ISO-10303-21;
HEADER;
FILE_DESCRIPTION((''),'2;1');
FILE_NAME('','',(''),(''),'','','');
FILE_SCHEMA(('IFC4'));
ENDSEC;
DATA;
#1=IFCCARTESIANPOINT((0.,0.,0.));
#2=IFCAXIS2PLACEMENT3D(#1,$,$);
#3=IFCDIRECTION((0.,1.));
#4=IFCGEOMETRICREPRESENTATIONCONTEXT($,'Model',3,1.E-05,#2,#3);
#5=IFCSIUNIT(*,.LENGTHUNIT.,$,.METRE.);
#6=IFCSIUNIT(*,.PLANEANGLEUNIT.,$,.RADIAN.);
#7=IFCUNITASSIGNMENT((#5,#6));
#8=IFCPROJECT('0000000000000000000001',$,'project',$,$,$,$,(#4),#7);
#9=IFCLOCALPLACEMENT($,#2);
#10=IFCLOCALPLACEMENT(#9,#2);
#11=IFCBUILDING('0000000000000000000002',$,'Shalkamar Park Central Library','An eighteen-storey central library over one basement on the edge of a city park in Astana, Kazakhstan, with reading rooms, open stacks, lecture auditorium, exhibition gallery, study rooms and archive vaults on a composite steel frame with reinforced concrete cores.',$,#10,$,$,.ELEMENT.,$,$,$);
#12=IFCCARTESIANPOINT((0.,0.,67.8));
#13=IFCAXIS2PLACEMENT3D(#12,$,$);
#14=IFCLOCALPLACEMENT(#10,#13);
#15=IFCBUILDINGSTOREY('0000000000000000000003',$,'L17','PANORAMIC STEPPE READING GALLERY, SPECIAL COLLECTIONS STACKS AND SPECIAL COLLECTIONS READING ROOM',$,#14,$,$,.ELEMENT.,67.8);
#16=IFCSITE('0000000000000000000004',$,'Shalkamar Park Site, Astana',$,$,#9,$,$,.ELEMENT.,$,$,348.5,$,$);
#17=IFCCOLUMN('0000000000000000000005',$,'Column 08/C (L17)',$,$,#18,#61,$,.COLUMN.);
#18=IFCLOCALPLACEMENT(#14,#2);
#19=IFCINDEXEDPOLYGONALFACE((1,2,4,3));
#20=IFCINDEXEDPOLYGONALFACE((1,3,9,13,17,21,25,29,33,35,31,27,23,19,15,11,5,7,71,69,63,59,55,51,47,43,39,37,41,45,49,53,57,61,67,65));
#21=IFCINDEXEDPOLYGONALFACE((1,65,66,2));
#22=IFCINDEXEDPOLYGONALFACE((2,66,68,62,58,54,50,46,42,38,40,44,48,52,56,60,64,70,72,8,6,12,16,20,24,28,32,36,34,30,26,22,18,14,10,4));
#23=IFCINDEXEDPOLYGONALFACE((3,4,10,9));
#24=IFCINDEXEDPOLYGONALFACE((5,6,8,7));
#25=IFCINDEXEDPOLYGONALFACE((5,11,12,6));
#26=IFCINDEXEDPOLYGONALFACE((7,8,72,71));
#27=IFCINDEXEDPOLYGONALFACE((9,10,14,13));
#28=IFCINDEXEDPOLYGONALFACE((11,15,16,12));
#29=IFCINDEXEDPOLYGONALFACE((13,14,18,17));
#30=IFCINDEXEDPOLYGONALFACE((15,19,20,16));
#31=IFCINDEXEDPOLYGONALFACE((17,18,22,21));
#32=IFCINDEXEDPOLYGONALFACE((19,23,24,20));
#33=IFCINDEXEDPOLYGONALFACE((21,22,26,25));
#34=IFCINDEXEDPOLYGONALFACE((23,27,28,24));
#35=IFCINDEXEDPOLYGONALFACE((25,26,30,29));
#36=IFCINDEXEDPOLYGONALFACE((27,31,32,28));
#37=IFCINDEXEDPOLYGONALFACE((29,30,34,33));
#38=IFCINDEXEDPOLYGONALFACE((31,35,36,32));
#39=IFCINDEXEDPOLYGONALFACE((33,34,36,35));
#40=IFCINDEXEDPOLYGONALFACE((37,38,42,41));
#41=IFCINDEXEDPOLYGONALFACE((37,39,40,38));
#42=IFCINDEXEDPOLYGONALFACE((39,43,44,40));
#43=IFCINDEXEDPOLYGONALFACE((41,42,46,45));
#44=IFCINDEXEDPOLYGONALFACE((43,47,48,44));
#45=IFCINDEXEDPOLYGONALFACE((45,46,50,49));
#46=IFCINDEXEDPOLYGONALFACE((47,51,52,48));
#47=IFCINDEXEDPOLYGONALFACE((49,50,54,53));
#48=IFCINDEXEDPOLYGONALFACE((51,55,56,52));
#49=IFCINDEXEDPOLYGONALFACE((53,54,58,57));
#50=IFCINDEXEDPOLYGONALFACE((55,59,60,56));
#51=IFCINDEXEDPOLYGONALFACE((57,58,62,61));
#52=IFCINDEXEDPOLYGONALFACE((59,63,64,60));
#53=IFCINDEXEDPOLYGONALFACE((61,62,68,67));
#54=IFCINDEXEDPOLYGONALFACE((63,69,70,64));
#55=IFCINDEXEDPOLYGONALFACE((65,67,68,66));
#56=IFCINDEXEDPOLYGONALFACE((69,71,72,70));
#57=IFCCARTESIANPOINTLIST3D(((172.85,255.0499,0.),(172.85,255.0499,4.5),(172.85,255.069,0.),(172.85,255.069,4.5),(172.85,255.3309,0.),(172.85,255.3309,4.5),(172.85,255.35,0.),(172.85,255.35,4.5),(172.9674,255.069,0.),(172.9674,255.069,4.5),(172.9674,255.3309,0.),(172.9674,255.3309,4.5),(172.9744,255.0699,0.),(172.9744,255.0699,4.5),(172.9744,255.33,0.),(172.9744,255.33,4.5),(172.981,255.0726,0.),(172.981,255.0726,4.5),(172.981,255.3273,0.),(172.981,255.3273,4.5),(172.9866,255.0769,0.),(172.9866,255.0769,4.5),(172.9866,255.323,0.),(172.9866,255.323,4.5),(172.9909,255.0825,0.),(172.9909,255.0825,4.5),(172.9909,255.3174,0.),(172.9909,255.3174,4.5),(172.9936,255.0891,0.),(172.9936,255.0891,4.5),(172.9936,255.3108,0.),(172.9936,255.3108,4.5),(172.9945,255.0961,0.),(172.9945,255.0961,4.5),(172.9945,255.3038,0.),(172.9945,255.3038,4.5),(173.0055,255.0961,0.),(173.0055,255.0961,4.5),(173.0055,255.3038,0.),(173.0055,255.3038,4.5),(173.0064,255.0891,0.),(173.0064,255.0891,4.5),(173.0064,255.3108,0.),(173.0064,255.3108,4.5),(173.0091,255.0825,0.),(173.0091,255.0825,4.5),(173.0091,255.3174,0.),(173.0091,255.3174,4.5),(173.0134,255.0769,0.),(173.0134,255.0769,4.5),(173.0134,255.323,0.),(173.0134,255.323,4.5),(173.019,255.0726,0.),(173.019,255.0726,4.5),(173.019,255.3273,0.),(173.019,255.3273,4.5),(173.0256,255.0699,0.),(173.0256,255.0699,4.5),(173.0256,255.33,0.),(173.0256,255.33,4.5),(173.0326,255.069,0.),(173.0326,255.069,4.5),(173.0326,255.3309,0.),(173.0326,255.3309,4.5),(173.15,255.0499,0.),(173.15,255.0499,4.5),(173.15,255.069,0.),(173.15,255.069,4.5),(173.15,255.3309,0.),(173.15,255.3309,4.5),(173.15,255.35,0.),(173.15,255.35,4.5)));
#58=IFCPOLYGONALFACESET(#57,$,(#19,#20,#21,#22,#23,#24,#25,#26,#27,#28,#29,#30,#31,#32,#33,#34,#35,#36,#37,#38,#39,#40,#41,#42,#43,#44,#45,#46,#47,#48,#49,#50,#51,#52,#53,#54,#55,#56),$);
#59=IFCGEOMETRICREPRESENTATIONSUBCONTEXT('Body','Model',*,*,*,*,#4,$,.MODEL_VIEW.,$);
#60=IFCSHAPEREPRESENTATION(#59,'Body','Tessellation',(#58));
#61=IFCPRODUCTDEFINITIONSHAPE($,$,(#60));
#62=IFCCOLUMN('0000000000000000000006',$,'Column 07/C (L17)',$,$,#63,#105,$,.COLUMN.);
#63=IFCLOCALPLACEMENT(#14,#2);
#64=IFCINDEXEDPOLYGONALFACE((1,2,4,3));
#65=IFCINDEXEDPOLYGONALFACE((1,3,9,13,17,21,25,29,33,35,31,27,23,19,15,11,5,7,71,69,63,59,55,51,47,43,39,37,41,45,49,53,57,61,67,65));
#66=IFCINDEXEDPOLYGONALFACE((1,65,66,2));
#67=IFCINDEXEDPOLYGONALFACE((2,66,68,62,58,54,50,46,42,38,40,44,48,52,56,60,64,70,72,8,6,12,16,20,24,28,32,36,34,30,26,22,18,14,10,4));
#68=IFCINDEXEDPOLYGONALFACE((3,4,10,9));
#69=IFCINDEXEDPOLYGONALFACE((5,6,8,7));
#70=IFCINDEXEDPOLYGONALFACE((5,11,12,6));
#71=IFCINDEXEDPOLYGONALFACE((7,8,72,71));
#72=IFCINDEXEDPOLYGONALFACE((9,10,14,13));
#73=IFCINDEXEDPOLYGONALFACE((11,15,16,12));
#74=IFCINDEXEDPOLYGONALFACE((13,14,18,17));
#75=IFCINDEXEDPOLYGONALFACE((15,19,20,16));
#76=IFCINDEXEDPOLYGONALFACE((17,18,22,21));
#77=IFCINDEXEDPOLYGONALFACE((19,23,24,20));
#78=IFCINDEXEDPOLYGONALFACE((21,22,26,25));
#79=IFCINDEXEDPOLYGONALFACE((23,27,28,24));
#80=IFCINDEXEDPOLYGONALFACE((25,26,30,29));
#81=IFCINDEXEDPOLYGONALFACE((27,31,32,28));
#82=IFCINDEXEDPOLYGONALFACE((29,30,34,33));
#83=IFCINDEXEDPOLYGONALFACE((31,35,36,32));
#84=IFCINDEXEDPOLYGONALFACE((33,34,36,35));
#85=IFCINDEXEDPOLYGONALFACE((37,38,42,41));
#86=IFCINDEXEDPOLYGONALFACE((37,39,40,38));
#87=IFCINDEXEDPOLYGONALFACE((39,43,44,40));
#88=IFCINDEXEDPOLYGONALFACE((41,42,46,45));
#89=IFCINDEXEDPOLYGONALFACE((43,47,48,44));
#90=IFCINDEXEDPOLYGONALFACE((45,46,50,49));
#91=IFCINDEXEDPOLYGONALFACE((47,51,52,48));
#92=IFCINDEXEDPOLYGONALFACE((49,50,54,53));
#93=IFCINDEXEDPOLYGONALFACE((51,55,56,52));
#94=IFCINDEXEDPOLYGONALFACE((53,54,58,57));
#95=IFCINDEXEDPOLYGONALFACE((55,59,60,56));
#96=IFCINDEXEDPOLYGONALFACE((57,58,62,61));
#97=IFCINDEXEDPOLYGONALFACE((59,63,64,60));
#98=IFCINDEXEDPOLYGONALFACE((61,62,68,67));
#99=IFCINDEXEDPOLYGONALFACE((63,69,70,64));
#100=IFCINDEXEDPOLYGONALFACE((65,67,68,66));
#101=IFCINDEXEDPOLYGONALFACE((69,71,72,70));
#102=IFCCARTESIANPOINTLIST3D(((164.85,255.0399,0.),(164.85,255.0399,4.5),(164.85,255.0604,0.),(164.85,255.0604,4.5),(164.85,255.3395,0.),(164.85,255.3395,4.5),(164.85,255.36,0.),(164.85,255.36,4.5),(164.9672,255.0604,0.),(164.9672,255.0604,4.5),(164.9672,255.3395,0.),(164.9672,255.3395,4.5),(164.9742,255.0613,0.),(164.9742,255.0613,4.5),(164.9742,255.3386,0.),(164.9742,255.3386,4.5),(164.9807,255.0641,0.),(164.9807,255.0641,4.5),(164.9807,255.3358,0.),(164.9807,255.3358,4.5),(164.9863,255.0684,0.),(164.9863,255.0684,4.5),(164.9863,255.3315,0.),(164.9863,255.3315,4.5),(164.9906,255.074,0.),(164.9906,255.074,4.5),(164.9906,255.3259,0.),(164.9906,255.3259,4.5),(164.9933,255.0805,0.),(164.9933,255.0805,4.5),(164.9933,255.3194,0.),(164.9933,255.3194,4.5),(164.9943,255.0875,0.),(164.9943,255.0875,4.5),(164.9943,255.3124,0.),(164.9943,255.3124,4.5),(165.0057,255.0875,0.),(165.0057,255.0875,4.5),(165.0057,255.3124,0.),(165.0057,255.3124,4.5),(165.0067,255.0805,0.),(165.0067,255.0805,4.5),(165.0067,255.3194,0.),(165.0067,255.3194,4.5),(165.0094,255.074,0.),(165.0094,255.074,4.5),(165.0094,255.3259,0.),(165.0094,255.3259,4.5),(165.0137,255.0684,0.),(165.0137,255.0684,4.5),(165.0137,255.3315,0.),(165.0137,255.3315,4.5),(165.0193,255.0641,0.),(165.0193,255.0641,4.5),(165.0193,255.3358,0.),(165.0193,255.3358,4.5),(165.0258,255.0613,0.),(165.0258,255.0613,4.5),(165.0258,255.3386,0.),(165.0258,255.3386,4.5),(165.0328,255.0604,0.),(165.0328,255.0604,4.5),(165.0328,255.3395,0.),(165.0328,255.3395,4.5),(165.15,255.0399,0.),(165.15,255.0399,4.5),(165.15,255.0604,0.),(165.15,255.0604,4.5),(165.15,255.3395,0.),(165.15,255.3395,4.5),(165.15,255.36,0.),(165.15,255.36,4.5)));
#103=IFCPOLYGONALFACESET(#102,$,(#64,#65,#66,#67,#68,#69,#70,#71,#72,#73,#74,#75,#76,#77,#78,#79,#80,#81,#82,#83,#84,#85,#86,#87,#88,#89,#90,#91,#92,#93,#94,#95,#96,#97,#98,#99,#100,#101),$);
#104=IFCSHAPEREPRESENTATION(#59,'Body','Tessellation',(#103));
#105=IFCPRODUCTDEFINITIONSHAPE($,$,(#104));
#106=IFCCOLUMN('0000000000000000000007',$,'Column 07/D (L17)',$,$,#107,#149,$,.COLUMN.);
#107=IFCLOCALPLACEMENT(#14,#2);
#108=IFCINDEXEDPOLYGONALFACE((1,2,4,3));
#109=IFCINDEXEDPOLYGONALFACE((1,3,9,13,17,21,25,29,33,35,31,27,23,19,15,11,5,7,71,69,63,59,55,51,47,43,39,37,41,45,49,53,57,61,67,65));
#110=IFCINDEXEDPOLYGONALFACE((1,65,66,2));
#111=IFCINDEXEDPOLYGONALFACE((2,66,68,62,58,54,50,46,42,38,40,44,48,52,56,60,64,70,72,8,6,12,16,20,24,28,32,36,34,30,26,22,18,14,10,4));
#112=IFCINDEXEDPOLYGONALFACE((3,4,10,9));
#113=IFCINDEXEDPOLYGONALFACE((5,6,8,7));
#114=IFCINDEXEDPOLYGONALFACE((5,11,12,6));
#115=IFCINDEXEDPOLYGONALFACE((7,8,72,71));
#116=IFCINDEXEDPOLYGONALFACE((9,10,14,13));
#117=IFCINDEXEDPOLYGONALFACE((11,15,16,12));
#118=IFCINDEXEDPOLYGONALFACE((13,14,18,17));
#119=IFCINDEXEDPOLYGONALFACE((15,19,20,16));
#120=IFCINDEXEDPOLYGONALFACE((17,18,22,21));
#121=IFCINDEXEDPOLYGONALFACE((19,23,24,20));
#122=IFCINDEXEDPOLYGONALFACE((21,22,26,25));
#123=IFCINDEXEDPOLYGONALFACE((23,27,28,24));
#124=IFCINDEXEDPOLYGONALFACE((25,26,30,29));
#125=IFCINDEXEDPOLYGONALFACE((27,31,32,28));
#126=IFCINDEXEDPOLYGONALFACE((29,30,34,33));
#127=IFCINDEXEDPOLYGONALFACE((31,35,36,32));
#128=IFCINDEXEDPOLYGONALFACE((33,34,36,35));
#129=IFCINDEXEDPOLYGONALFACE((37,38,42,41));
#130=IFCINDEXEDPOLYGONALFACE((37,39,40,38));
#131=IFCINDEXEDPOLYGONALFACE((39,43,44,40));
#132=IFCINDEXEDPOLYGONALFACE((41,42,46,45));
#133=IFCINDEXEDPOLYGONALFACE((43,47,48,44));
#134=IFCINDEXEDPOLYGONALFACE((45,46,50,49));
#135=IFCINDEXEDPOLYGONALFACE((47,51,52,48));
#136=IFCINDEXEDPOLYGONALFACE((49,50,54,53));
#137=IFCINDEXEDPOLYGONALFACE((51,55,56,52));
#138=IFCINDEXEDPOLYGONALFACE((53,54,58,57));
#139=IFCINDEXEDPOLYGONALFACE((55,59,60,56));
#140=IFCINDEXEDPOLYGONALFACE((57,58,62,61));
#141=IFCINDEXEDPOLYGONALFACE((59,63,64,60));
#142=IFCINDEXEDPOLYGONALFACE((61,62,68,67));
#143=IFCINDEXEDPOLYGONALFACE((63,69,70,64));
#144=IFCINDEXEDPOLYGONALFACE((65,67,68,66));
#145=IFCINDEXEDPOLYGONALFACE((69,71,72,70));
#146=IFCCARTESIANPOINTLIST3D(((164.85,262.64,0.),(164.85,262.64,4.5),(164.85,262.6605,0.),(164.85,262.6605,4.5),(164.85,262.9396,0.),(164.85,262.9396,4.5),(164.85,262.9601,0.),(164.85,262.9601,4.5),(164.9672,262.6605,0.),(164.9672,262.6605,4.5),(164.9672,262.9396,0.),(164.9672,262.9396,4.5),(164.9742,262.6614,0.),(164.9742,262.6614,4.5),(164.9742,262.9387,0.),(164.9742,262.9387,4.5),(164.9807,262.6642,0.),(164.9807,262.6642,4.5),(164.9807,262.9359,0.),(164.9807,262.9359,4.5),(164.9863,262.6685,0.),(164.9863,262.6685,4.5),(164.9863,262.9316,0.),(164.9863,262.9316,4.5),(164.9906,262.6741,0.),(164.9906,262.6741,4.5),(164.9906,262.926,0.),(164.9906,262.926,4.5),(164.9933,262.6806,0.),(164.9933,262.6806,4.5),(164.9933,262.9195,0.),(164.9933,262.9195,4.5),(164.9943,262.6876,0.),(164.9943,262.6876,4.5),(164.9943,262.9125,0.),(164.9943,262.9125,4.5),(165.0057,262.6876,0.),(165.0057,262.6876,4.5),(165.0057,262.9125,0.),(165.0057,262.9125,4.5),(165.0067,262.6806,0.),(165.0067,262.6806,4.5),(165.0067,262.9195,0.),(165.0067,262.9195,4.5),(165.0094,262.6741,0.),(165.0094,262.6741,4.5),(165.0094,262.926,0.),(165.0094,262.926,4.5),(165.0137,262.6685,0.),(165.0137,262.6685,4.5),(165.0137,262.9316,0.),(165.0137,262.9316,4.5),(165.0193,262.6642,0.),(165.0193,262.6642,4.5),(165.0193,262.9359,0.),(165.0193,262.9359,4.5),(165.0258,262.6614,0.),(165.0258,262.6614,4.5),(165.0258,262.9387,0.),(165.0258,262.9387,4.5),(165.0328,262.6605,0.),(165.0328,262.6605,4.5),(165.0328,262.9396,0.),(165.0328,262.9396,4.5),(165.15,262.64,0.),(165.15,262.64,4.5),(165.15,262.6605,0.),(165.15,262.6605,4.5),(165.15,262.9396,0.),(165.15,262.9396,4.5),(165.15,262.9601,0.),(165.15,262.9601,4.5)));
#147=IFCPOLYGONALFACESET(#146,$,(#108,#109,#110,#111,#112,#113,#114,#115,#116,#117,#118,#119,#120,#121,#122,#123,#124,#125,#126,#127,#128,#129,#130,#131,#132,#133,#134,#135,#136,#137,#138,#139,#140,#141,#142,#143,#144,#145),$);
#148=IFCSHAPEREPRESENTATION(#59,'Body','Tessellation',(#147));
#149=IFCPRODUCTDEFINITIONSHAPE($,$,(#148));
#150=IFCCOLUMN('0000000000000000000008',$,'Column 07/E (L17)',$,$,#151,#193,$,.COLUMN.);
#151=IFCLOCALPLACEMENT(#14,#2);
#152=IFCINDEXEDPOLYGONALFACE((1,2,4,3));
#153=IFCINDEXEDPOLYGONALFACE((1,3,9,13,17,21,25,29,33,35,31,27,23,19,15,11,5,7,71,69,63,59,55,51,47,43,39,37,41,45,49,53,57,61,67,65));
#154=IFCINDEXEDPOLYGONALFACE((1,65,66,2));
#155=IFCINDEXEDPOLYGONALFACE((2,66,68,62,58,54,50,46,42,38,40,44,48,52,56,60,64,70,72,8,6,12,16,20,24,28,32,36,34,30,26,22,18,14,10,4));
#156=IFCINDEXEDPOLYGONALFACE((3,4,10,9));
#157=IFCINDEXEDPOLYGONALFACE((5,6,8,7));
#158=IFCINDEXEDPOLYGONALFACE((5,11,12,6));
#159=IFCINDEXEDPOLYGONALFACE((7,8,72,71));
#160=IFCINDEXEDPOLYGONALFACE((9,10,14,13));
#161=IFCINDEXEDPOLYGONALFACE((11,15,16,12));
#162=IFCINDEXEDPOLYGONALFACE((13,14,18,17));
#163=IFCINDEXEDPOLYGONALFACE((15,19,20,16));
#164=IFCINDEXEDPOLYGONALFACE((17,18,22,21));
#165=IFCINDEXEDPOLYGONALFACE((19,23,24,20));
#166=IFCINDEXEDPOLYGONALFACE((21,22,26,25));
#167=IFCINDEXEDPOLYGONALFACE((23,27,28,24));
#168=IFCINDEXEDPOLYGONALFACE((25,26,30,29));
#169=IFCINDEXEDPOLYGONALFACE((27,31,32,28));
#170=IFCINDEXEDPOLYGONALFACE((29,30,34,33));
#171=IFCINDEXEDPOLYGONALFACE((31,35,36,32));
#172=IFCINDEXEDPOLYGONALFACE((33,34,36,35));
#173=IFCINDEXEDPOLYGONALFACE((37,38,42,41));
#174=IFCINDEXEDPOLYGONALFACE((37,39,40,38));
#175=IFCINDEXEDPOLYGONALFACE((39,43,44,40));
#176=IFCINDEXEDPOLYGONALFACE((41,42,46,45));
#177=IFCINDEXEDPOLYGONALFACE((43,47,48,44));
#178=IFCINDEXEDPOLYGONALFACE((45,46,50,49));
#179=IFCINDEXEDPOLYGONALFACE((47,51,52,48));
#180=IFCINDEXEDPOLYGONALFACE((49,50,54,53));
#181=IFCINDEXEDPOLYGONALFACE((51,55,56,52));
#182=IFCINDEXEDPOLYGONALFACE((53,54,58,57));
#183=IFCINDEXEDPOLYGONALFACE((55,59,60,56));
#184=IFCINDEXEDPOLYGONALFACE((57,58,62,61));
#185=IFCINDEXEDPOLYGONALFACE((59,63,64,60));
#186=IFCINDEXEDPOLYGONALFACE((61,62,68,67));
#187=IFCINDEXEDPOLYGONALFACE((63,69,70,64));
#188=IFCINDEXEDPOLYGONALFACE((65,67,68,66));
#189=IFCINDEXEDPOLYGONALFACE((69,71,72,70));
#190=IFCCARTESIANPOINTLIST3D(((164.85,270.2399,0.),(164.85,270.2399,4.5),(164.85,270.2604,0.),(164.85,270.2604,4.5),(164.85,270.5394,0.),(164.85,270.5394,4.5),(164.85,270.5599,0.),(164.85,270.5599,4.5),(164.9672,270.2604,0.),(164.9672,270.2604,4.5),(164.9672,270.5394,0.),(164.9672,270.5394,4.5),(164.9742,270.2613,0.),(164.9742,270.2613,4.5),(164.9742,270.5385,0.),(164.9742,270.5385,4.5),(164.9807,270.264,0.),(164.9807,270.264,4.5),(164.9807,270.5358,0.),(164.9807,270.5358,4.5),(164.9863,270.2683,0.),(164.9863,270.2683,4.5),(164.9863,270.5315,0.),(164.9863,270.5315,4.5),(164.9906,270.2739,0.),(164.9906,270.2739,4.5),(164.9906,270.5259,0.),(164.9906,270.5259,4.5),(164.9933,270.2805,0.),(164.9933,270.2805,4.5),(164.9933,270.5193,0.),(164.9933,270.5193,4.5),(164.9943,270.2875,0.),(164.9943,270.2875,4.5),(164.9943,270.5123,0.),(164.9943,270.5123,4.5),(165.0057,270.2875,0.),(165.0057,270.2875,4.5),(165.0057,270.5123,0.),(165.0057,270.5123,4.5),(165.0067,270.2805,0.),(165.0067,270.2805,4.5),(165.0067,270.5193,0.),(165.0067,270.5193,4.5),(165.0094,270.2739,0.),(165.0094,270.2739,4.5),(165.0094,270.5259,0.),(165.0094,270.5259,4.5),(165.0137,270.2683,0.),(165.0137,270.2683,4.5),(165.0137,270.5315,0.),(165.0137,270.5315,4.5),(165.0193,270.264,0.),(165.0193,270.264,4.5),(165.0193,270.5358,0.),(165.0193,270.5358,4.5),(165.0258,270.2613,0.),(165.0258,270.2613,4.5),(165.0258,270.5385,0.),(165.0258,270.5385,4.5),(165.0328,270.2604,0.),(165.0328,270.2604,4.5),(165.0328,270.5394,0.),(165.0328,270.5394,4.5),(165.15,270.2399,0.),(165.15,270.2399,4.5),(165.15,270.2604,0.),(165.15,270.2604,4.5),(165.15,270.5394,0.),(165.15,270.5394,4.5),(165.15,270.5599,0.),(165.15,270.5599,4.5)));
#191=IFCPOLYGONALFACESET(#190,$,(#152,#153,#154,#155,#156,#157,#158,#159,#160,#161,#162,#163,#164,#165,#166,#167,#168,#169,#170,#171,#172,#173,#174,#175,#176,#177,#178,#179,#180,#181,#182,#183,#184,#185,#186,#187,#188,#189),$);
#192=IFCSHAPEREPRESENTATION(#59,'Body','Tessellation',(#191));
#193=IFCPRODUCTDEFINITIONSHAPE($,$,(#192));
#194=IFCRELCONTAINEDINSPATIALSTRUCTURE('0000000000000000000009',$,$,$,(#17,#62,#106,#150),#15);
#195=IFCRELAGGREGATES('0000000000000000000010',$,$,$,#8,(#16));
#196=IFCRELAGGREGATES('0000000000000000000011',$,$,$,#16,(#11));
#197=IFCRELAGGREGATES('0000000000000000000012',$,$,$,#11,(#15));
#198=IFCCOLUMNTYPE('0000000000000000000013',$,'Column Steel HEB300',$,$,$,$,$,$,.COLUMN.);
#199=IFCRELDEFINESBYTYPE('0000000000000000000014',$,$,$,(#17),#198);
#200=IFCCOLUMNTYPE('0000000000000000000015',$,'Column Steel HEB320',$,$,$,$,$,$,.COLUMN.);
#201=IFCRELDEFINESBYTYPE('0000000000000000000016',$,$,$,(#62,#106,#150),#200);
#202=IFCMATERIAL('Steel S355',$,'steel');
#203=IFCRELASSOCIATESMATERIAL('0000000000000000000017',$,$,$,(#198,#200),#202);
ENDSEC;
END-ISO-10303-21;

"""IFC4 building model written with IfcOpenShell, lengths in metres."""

from ifc_helpers import new_model, si_unit, direction, frame, origin, origin_2d, place, context, subcontext, project, spatial, i_section, extrude, material, material_profile, profile_set, type_object, element, save


model = new_model("IFC4")

# Units and contexts
model_context = context("Model", 3, precision=1e-05, world=origin(), true_north=direction((0.0, 1.0)))
body_context = subcontext(model_context, "Body", "Model", "MODEL_VIEW")
ifc_project = project(units=[si_unit("LENGTHUNIT", "METRE"), si_unit("PLANEANGLEUNIT", "RADIAN")], contexts=[model_context])

# Site, building, storey
site_placement = place(None, origin())
site = spatial("IfcSite", under=ifc_project, at=site_placement, Name="Shalkamar Park Site, Astana", CompositionType="ELEMENT", RefElevation=348.5)
building_placement = place(site_placement, origin())
building = spatial("IfcBuilding", under=site, at=building_placement, Name="Shalkamar Park Central Library", Description="An eighteen-storey central library over one basement on the edge of a city park in Astana, Kazakhstan, with reading rooms, open stacks, lecture auditorium, exhibition gallery, study rooms and archive vaults on a composite steel frame with reinforced concrete cores.", CompositionType="ELEMENT")
storey_placement = place(building_placement, frame((0.0, 0.0, 67.8)))
storey = spatial("IfcBuildingStorey", under=building, at=storey_placement, Name="L17", Description="PANORAMIC STEPPE READING GALLERY, SPECIAL COLLECTIONS STACKS AND SPECIAL COLLECTIONS READING ROOM", CompositionType="ELEMENT", Elevation=67.8)

# Columns
ifc_material_1 = material(Name="Steel S355", Category="steel")
ifc_material_profile_1 = material_profile(ifc_material_1, i_section(OverallWidth=0.3, OverallDepth=0.3, WebThickness=0.011, FlangeThickness=0.019, FilletRadius=0.0271, at=origin_2d()), Name="HEB 300")
ifc_profile_set_1 = profile_set([ifc_material_profile_1], Name="Steel S355")
column_type_1 = type_object("IfcColumnType", Name="Column Steel HEB300", PredefinedType="COLUMN", material=ifc_profile_set_1)
column_placement = place(storey_placement, frame((173.0, 255.2, 0.0), z_axis=(0.0, 0.0, 1.0), x_axis=(1.0, 0.0, 0.0)))
element("IfcColumn", 1, at=column_placement, inside=storey, type_object=column_type_1, Name="Column 08/C (L17)", PredefinedType="COLUMN", context=body_context, shape_type="SweptSolid", body=[
    extrude(i_section(OverallWidth=0.3, OverallDepth=0.3, WebThickness=0.011, FlangeThickness=0.019, FilletRadius=0.0271, at=origin_2d()), origin(), (0.0, 0.0, 1.0), 4.5),
])
ifc_material_profile_2 = material_profile(ifc_material_1, i_section(OverallWidth=0.3, OverallDepth=0.3201, WebThickness=0.0115, FlangeThickness=0.0205, FilletRadius=0.0271, at=origin_2d()), Name="HEB 320")
ifc_profile_set_2 = profile_set([ifc_material_profile_2], Name="Steel S355")
column_type_2 = type_object("IfcColumnType", Name="Column Steel HEB320", PredefinedType="COLUMN", material=ifc_profile_set_2)
for number, where, z_axis, x_axis, name in (
    (2, (165.0, 255.2, 0.0), (0.0, 0.0, 1.0), (1.0, 0.0, 0.0), "Column 07/C (L17)"),
    (3, (165.0, 262.8, 0.0), (0.0, 0.0, 1.0), (1.0, 0.0, 0.0), "Column 07/D (L17)"),
    (4, (165.0, 270.3999, 0.0), (0.0, 0.0, 1.0), (1.0, 0.0, 0.0), "Column 07/E (L17)"),
):
    element("IfcColumn", number, at=place(storey_placement, frame(where, z_axis=z_axis, x_axis=x_axis)), inside=storey, type_object=column_type_2, Name=name, PredefinedType="COLUMN", context=body_context, shape_type="SweptSolid", body=[
        extrude(i_section(OverallWidth=0.3, OverallDepth=0.3201, WebThickness=0.0115, FlangeThickness=0.0205, FilletRadius=0.0271, at=origin_2d()), origin(), (0.0, 0.0, 1.0), 4.5),
    ])

save(model, "model.ifc")
